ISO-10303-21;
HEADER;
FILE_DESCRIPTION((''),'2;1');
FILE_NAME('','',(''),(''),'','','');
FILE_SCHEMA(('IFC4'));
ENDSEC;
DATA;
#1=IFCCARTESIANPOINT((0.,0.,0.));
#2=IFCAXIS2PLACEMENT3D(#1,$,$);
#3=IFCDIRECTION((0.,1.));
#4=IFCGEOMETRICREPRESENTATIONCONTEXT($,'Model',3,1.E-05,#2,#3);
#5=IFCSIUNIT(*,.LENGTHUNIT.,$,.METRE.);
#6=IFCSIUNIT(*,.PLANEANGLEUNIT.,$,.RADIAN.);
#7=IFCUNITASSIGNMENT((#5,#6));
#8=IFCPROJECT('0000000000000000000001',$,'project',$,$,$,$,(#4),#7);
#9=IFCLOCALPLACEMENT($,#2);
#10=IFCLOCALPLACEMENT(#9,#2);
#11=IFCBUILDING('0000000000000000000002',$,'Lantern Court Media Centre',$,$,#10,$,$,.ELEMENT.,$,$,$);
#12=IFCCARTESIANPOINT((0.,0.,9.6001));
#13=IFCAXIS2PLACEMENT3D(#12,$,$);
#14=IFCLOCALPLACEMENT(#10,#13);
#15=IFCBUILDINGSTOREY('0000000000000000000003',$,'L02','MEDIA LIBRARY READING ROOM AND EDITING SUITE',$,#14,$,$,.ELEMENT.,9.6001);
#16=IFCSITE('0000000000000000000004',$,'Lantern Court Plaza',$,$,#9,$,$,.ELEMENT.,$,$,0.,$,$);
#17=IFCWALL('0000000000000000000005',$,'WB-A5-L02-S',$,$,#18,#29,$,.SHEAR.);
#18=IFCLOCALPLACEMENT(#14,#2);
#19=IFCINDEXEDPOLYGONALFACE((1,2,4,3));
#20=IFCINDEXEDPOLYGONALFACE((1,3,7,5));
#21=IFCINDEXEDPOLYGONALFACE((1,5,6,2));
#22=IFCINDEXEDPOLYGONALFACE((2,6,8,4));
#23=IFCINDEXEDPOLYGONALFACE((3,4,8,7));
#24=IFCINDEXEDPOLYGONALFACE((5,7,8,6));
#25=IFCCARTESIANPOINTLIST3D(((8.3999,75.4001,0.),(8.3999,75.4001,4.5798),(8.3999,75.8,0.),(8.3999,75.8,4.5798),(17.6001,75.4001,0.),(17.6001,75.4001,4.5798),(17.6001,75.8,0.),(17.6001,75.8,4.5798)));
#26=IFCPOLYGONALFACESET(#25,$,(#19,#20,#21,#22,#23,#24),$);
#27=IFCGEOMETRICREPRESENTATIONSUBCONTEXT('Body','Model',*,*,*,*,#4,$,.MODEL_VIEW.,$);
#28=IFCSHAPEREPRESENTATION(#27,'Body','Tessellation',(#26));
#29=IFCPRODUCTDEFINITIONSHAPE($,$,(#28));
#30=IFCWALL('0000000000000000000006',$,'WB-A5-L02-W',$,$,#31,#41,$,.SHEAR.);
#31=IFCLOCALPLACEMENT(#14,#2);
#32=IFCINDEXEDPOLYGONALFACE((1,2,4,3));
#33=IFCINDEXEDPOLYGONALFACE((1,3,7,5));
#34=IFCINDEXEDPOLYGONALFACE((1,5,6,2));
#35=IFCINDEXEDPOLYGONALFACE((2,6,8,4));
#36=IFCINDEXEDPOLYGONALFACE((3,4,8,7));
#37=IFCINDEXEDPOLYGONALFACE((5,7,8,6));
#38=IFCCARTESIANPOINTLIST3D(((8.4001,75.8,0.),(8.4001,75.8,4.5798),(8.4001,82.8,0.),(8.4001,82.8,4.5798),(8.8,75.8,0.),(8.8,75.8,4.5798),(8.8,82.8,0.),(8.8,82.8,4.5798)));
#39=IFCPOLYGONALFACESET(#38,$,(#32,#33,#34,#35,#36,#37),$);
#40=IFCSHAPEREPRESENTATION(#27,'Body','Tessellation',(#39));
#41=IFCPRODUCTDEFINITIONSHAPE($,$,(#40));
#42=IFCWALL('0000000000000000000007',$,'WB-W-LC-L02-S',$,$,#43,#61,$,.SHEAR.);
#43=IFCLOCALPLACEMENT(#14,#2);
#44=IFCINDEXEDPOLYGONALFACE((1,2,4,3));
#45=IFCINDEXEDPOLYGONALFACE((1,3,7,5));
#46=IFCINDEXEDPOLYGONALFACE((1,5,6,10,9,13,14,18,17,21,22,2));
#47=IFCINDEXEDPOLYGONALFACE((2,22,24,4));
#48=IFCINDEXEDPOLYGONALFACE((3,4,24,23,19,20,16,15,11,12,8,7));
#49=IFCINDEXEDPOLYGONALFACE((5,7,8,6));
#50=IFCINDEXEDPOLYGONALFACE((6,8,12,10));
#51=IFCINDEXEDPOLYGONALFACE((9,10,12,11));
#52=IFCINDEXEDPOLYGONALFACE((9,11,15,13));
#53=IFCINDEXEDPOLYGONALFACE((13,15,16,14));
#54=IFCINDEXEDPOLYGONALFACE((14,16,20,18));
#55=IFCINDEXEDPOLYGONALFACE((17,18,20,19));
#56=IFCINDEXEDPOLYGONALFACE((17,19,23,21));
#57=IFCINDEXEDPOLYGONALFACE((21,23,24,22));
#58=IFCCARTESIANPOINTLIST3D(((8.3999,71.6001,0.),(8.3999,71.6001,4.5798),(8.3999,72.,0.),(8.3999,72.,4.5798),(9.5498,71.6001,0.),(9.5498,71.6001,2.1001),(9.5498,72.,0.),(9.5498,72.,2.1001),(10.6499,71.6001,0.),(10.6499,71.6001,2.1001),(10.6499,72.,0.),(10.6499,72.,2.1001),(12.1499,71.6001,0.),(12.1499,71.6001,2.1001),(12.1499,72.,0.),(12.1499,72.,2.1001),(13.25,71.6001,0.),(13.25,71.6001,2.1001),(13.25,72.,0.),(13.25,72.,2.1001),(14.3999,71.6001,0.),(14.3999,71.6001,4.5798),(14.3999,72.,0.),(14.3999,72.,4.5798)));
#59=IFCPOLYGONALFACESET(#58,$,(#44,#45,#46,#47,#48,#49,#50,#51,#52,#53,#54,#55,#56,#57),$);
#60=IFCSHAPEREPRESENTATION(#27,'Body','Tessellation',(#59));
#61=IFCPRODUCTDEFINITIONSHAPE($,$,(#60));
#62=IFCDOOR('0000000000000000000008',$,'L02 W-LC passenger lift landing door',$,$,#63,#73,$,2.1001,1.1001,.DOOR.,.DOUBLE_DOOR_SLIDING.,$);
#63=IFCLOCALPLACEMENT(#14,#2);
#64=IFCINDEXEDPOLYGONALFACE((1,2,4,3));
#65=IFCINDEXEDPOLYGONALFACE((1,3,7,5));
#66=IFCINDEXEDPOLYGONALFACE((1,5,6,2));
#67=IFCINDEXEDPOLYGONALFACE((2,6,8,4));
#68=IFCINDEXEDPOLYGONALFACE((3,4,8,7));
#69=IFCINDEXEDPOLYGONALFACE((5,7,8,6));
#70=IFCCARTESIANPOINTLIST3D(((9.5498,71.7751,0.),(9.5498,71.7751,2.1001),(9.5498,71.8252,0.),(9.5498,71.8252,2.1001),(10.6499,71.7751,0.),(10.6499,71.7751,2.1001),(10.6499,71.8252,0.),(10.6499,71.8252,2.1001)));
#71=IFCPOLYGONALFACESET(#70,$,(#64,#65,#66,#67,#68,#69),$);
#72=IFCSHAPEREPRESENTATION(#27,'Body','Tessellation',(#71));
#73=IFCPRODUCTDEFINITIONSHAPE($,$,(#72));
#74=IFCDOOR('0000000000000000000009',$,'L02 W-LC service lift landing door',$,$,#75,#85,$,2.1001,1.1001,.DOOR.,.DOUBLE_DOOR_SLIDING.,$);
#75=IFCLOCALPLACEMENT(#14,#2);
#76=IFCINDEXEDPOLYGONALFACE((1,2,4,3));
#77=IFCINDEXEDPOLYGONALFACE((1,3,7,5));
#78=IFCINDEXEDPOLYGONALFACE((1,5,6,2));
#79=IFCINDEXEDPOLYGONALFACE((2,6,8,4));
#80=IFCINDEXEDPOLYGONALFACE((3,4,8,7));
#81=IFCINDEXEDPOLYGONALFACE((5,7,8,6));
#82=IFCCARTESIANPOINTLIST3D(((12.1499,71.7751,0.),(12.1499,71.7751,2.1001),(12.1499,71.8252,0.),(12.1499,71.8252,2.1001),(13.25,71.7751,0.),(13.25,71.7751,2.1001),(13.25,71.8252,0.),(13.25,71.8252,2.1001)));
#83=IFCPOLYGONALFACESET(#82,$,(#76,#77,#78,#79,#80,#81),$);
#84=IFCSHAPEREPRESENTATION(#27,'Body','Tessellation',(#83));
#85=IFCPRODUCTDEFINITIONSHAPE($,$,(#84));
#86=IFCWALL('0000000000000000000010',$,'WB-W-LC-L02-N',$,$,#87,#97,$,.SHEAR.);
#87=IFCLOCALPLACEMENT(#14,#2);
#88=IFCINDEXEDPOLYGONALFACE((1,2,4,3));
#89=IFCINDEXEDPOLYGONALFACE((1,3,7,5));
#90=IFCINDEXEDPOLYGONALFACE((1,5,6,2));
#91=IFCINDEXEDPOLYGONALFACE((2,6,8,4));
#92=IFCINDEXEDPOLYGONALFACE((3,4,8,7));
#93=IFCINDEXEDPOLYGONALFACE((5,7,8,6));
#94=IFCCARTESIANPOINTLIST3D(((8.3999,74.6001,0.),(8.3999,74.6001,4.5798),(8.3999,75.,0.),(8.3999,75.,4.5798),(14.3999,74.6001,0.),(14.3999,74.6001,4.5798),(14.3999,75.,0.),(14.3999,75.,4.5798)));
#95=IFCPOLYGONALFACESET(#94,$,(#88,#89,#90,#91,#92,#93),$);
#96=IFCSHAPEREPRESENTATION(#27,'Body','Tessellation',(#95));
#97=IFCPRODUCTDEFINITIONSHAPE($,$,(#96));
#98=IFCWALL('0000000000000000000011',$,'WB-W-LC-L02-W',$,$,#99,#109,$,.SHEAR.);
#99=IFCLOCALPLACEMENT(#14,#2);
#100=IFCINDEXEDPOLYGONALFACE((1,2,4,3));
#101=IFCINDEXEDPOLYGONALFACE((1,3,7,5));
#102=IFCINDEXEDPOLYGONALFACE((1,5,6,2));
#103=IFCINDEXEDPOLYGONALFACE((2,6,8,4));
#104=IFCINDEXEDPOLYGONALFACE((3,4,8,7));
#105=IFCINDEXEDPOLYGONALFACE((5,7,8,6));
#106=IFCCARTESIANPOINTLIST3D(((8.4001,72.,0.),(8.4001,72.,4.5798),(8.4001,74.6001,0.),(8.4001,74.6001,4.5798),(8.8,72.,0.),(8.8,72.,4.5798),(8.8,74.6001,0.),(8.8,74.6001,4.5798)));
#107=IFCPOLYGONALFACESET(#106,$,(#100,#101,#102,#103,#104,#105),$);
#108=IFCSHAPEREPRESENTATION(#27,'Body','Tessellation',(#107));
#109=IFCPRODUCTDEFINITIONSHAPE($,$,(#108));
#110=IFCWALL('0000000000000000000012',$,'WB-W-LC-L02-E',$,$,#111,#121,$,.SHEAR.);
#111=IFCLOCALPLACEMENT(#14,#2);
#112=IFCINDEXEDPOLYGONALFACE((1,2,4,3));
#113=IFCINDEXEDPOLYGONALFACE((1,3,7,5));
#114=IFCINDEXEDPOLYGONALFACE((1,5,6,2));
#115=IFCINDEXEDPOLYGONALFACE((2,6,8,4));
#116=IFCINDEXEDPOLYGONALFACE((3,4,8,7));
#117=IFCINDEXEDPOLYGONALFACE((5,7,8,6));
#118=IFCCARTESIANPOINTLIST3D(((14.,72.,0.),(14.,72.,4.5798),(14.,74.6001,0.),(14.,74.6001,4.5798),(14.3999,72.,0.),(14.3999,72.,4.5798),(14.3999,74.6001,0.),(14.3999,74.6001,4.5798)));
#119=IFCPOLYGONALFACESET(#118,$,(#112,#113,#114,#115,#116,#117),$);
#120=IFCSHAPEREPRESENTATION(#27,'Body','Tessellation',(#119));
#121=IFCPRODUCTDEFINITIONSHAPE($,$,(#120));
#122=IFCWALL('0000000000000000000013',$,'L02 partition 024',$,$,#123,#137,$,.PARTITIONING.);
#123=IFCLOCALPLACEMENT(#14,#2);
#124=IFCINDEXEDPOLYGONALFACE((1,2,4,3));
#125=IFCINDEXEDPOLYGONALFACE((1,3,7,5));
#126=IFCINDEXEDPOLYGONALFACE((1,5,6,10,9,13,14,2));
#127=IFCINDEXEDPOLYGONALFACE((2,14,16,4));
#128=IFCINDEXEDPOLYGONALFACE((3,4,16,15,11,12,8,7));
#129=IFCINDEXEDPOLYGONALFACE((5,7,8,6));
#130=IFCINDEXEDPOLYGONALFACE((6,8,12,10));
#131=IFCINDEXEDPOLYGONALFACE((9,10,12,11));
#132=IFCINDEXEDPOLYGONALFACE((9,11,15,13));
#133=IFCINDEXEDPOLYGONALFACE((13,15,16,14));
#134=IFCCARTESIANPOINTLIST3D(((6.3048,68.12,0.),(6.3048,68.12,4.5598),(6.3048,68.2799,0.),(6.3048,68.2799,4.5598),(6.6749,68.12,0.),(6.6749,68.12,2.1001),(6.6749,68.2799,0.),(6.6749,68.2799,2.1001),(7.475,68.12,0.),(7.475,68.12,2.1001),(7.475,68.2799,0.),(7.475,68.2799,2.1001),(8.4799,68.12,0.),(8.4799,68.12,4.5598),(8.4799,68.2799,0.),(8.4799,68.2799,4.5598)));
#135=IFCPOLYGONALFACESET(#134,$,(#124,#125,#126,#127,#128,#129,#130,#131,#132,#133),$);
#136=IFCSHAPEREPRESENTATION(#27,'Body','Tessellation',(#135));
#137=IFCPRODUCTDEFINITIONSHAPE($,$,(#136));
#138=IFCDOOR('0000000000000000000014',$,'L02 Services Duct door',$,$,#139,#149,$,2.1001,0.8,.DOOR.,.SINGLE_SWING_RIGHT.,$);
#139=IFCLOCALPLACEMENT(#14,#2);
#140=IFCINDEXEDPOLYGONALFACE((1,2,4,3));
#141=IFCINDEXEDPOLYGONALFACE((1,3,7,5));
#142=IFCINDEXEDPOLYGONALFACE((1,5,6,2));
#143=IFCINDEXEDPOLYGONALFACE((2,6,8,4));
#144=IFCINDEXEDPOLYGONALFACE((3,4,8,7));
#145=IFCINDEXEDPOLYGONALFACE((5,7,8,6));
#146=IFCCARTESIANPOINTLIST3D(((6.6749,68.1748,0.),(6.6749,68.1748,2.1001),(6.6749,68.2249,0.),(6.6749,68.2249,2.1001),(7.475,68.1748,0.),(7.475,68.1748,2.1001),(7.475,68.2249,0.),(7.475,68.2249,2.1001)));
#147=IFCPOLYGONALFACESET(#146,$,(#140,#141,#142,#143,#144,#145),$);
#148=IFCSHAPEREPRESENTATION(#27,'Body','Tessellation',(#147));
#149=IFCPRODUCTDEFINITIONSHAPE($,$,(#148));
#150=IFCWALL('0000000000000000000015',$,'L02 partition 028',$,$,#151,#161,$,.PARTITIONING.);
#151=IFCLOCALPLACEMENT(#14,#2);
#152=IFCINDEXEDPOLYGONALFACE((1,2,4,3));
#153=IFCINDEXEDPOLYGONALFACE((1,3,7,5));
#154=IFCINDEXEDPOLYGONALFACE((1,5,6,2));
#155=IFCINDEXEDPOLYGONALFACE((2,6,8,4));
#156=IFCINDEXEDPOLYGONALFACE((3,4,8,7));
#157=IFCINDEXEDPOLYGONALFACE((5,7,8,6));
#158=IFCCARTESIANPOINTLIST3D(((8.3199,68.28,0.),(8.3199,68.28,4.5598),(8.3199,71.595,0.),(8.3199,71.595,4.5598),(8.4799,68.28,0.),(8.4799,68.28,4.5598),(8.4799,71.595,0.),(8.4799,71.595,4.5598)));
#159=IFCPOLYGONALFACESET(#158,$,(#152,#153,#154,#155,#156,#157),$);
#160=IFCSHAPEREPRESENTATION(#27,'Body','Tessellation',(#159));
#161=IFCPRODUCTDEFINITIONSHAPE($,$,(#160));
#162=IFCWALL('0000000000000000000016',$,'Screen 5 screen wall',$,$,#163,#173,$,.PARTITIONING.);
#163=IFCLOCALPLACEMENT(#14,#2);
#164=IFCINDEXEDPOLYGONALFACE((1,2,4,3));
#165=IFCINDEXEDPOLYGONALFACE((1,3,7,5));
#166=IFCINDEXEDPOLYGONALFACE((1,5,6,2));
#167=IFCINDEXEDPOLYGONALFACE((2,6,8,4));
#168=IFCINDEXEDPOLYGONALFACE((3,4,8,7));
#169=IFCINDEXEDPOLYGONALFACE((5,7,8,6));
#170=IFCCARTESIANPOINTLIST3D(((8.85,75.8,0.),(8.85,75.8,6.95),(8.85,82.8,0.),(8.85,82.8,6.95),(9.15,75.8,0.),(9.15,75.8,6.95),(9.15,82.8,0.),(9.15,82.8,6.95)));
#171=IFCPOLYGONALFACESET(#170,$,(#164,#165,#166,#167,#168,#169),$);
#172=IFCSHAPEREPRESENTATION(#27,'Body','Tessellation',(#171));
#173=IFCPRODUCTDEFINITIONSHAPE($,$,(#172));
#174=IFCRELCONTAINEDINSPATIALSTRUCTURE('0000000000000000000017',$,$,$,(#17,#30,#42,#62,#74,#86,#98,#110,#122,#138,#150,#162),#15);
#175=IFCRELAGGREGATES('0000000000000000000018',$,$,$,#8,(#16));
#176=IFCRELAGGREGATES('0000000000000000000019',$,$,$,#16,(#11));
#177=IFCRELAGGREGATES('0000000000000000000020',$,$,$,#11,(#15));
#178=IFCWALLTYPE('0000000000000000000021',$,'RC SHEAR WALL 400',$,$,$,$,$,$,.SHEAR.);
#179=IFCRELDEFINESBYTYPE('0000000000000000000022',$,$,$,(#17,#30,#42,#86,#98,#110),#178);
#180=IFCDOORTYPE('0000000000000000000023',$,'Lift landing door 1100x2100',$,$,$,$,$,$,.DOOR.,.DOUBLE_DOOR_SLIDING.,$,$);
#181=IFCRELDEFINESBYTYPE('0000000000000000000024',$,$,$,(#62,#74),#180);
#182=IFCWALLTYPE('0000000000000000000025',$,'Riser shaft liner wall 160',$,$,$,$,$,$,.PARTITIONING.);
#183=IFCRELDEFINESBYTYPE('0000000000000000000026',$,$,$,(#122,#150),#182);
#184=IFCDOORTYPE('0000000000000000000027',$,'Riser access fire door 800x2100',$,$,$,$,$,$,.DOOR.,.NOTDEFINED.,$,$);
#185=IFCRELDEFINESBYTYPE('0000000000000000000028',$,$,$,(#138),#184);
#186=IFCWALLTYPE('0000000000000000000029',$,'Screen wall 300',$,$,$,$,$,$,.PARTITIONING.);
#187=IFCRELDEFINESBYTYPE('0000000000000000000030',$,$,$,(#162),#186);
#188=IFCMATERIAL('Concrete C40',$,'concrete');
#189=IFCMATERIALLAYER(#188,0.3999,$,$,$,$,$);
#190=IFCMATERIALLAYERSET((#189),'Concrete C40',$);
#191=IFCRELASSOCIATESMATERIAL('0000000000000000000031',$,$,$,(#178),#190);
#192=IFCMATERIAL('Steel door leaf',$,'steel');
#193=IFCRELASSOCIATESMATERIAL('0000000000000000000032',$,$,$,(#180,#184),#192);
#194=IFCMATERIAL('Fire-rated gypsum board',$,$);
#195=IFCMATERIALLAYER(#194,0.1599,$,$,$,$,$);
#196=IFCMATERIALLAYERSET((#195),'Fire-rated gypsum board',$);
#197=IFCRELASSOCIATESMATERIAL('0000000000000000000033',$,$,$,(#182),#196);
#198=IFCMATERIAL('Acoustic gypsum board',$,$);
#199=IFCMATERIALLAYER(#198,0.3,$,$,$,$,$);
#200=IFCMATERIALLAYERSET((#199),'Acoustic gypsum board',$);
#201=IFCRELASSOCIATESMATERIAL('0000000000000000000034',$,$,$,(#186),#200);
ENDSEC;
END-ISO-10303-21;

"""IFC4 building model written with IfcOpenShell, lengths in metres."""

from ifc_helpers import new_model, si_unit, direction, frame, frame_2d, origin, place, context, subcontext, project, spatial, rectangle, extrude, material, layer, layer_set, type_object, element, fill, save


model = new_model("IFC4")

# Units and contexts
model_context = context("Model", 3, precision=1e-05, world=origin(), true_north=direction((0.0, 1.0)))
body_context = subcontext(model_context, "Body", "Model", "MODEL_VIEW")
ifc_project = project(units=[si_unit("LENGTHUNIT", "METRE"), si_unit("PLANEANGLEUNIT", "RADIAN")], contexts=[model_context])

# Site, building, storey
site_placement = place(None, origin())
site = spatial("IfcSite", under=ifc_project, at=site_placement, Name="Lantern Court Plaza", CompositionType="ELEMENT", RefElevation=0.0)
building_placement = place(site_placement, origin())
building = spatial("IfcBuilding", under=site, at=building_placement, Name="Lantern Court Media Centre", CompositionType="ELEMENT")
storey_placement = place(building_placement, frame((0.0, 0.0, 9.6001)))
storey = spatial("IfcBuildingStorey", under=building, at=storey_placement, Name="L02", Description="MEDIA LIBRARY READING ROOM AND EDITING SUITE", CompositionType="ELEMENT", Elevation=9.6001)

# Walls
ifc_material_1 = material(Name="Concrete C40", Category="concrete")
ifc_layer_1 = layer(ifc_material_1, 0.3999)
ifc_layer_set_1 = layer_set([ifc_layer_1], Name="Concrete C40")
wall_type_1 = type_object("IfcWallType", Name="RC SHEAR WALL 400", PredefinedType="SHEAR", material=ifc_layer_set_1)
wall_1_placement = place(storey_placement, frame((8.3999, 75.6001, 0.0), z_axis=(0.0, 0.0, 1.0), x_axis=(1.0, 0.0, 0.0)))
element("IfcWall", 1, at=wall_1_placement, inside=storey, type_object=wall_type_1, Name="WB-A5-L02-S", PredefinedType="SHEAR", context=body_context, shape_type="SweptSolid", body=[
    extrude(rectangle(XDim=9.2002, YDim=0.3999, at=frame_2d((4.6001, 0.0))), origin(), (0.0, 0.0, 1.0), 4.5798),
])
wall_2_placement = place(storey_placement, frame((8.6001, 75.8, 0.0), z_axis=(0.0, 0.0, 1.0), x_axis=(0.0, 1.0, 0.0)))
element("IfcWall", 2, at=wall_2_placement, inside=storey, type_object=wall_type_1, Name="WB-A5-L02-W", PredefinedType="SHEAR", context=body_context, shape_type="SweptSolid", body=[
    extrude(rectangle(XDim=7.0, YDim=0.3999, at=frame_2d((3.5, 0.0))), origin(), (0.0, 0.0, 1.0), 4.5798),
])

# Wall, openings, doors
wall_3_placement = place(storey_placement, frame((8.3999, 71.8, 0.0), z_axis=(0.0, 0.0, 1.0), x_axis=(1.0, 0.0, 0.0)))
wall_3 = element("IfcWall", 3, at=wall_3_placement, inside=storey, type_object=wall_type_1, Name="WB-W-LC-L02-S", PredefinedType="SHEAR", context=body_context, shape_type="SweptSolid", body=[
    extrude(rectangle(XDim=6.0, YDim=0.3999, at=frame_2d((3.0, 0.0))), origin(), (0.0, 0.0, 1.0), 4.5798),
])
opening_1_placement = place(wall_3_placement, frame((1.1499, 0.0, 0.0)))
opening_1 = element("IfcOpeningElement", 4, at=opening_1_placement, cuts=wall_3, PredefinedType="OPENING", context=body_context, shape_type="SweptSolid", body=[
    extrude(rectangle(XDim=1.1001, YDim=2.1001, at=frame_2d((0.55, 1.05))), frame((0.0, 0.21, 0.0), z_axis=(0.0, -1.0, 0.0), x_axis=(1.0, 0.0, 0.0)), (0.0, 0.0, 1.0), 0.4199),
])
opening_2_placement = place(wall_3_placement, frame((3.75, 0.0, 0.0)))
opening_2 = element("IfcOpeningElement", 5, at=opening_2_placement, cuts=wall_3, PredefinedType="OPENING", context=body_context, shape_type="SweptSolid", body=[
    extrude(rectangle(XDim=1.1001, YDim=2.1001, at=frame_2d((0.55, 1.05))), frame((0.0, 0.21, 0.0), z_axis=(0.0, -1.0, 0.0), x_axis=(1.0, 0.0, 0.0)), (0.0, 0.0, 1.0), 0.4199),
])
ifc_material_2 = material(Name="Steel door leaf", Category="steel")
door_type_1 = type_object("IfcDoorType", Name="Lift landing door 1100x2100", OperationType="DOUBLE_DOOR_SLIDING", PredefinedType="DOOR", material=ifc_material_2)
door_1_placement = place(opening_1_placement, frame((1.1001, 0.0, 0.0), z_axis=(0.0, 0.0, 1.0), x_axis=(-1.0, 0.0, 0.0)))
door_1 = element("IfcDoor", 6, at=door_1_placement, inside=storey, type_object=door_type_1, Name="L02 W-LC passenger lift landing door", OperationType="DOUBLE_DOOR_SLIDING", OverallHeight=2.1001, OverallWidth=1.1001, PredefinedType="DOOR", context=body_context, shape_type="SweptSolid", body=[
    extrude(rectangle(XDim=1.1001, YDim=2.1001, at=frame_2d((0.55, 1.05))), frame((0.0, 0.0249, 0.0), z_axis=(0.0, -1.0, 0.0), x_axis=(1.0, 0.0, 0.0)), (0.0, 0.0, 1.0), 0.05),
])
fill(opening_1, door_1)
door_2_placement = place(opening_2_placement, frame((1.1001, 0.0, 0.0), z_axis=(0.0, 0.0, 1.0), x_axis=(-1.0, 0.0, 0.0)))
door_2 = element("IfcDoor", 7, at=door_2_placement, inside=storey, type_object=door_type_1, Name="L02 W-LC service lift landing door", OperationType="DOUBLE_DOOR_SLIDING", OverallHeight=2.1001, OverallWidth=1.1001, PredefinedType="DOOR", context=body_context, shape_type="SweptSolid", body=[
    extrude(rectangle(XDim=1.1001, YDim=2.1001, at=frame_2d((0.55, 1.05))), frame((0.0, 0.0249, 0.0), z_axis=(0.0, -1.0, 0.0), x_axis=(1.0, 0.0, 0.0)), (0.0, 0.0, 1.0), 0.05),
])
fill(opening_2, door_2)

# Walls
wall_4_placement = place(storey_placement, frame((8.3999, 74.8, 0.0), z_axis=(0.0, 0.0, 1.0), x_axis=(1.0, 0.0, 0.0)))
element("IfcWall", 8, at=wall_4_placement, inside=storey, type_object=wall_type_1, Name="WB-W-LC-L02-N", PredefinedType="SHEAR", context=body_context, shape_type="SweptSolid", body=[
    extrude(rectangle(XDim=6.0, YDim=0.3999, at=frame_2d((3.0, 0.0))), origin(), (0.0, 0.0, 1.0), 4.5798),
])
for number, where, z_axis, x_axis, name in (
    (9, (8.6001, 72.0, 0.0), (0.0, 0.0, 1.0), (0.0, 1.0, 0.0), "WB-W-LC-L02-W"),
    (10, (14.2, 72.0, 0.0), (0.0, 0.0, 1.0), (0.0, 1.0, 0.0), "WB-W-LC-L02-E"),
):
    element("IfcWall", number, at=place(storey_placement, frame(where, z_axis=z_axis, x_axis=x_axis)), inside=storey, type_object=wall_type_1, Name=name, PredefinedType="SHEAR", context=body_context, shape_type="SweptSolid", body=[
        extrude(rectangle(XDim=2.6001, YDim=0.3999, at=frame_2d((1.3, 0.0))), origin(), (0.0, 0.0, 1.0), 4.5798),
    ])

# Wall, opening, door
ifc_material_3 = material(Name="Fire-rated gypsum board")
ifc_layer_2 = layer(ifc_material_3, 0.1599)
ifc_layer_set_2 = layer_set([ifc_layer_2], Name="Fire-rated gypsum board")
wall_type_2 = type_object("IfcWallType", Name="Riser shaft liner wall 160", PredefinedType="PARTITIONING", material=ifc_layer_set_2)
wall_5_placement = place(storey_placement, frame((6.3049, 68.2, 0.0), z_axis=(0.0, 0.0, 1.0), x_axis=(1.0, 0.0, 0.0)))
wall_5 = element("IfcWall", 11, at=wall_5_placement, inside=storey, type_object=wall_type_2, Name="L02 partition 024", PredefinedType="PARTITIONING", context=body_context, shape_type="SweptSolid", body=[
    extrude(rectangle(XDim=2.175, YDim=0.1599, at=frame_2d((1.0874, 0.0))), origin(), (0.0, 0.0, 1.0), 4.5598),
])
opening_3_placement = place(wall_5_placement, frame((0.3701, 0.0, 0.0)))
opening_3 = element("IfcOpeningElement", 12, at=opening_3_placement, cuts=wall_5, PredefinedType="OPENING", context=body_context, shape_type="SweptSolid", body=[
    extrude(rectangle(XDim=0.8, YDim=2.1001, at=frame_2d((0.3999, 1.05))), frame((0.0, 0.0898, 0.0), z_axis=(0.0, -1.0, 0.0), x_axis=(1.0, 0.0, 0.0)), (0.0, 0.0, 1.0), 0.1799),
])
door_type_2 = type_object("IfcDoorType", Name="Riser access fire door 800x2100", OperationType="NOTDEFINED", PredefinedType="DOOR", material=ifc_material_2)
door_3_placement = place(opening_3_placement, origin())
door_3 = element("IfcDoor", 13, at=door_3_placement, inside=storey, type_object=door_type_2, Name="L02 Services Duct door", OperationType="SINGLE_SWING_RIGHT", OverallHeight=2.1001, OverallWidth=0.8, PredefinedType="DOOR", context=body_context, shape_type="SweptSolid", body=[
    extrude(rectangle(XDim=0.8, YDim=2.1001, at=frame_2d((0.3999, 1.05))), frame((0.0, 0.0249, 0.0), z_axis=(0.0, -1.0, 0.0), x_axis=(1.0, 0.0, 0.0)), (0.0, 0.0, 1.0), 0.05),
])
fill(opening_3, door_3)

# Walls
wall_6_placement = place(storey_placement, frame((8.3999, 68.28, 0.0), z_axis=(0.0, 0.0, 1.0), x_axis=(0.0, 1.0, 0.0)))
element("IfcWall", 14, at=wall_6_placement, inside=storey, type_object=wall_type_2, Name="L02 partition 028", PredefinedType="PARTITIONING", context=body_context, shape_type="SweptSolid", body=[
    extrude(rectangle(XDim=3.3149, YDim=0.1599, at=frame_2d((1.6575, 0.0))), origin(), (0.0, 0.0, 1.0), 4.5598),
])
ifc_material_4 = material(Name="Acoustic gypsum board")
ifc_layer_3 = layer(ifc_material_4, 0.3)
ifc_layer_set_3 = layer_set([ifc_layer_3], Name="Acoustic gypsum board")
wall_type_3 = type_object("IfcWallType", Name="Screen wall 300", PredefinedType="PARTITIONING", material=ifc_layer_set_3)
wall_7_placement = place(storey_placement, frame((9.0, 75.8, 0.0), z_axis=(0.0, 0.0, 1.0), x_axis=(0.0, 1.0, 0.0)))
element("IfcWall", 15, at=wall_7_placement, inside=storey, type_object=wall_type_3, Name="Screen 5 screen wall", PredefinedType="PARTITIONING", context=body_context, shape_type="SweptSolid", body=[
    extrude(rectangle(XDim=7.0, YDim=0.3, at=frame_2d((3.5, 0.0))), origin(), (0.0, 0.0, 1.0), 6.95),
])

save(model, "model.ifc")
